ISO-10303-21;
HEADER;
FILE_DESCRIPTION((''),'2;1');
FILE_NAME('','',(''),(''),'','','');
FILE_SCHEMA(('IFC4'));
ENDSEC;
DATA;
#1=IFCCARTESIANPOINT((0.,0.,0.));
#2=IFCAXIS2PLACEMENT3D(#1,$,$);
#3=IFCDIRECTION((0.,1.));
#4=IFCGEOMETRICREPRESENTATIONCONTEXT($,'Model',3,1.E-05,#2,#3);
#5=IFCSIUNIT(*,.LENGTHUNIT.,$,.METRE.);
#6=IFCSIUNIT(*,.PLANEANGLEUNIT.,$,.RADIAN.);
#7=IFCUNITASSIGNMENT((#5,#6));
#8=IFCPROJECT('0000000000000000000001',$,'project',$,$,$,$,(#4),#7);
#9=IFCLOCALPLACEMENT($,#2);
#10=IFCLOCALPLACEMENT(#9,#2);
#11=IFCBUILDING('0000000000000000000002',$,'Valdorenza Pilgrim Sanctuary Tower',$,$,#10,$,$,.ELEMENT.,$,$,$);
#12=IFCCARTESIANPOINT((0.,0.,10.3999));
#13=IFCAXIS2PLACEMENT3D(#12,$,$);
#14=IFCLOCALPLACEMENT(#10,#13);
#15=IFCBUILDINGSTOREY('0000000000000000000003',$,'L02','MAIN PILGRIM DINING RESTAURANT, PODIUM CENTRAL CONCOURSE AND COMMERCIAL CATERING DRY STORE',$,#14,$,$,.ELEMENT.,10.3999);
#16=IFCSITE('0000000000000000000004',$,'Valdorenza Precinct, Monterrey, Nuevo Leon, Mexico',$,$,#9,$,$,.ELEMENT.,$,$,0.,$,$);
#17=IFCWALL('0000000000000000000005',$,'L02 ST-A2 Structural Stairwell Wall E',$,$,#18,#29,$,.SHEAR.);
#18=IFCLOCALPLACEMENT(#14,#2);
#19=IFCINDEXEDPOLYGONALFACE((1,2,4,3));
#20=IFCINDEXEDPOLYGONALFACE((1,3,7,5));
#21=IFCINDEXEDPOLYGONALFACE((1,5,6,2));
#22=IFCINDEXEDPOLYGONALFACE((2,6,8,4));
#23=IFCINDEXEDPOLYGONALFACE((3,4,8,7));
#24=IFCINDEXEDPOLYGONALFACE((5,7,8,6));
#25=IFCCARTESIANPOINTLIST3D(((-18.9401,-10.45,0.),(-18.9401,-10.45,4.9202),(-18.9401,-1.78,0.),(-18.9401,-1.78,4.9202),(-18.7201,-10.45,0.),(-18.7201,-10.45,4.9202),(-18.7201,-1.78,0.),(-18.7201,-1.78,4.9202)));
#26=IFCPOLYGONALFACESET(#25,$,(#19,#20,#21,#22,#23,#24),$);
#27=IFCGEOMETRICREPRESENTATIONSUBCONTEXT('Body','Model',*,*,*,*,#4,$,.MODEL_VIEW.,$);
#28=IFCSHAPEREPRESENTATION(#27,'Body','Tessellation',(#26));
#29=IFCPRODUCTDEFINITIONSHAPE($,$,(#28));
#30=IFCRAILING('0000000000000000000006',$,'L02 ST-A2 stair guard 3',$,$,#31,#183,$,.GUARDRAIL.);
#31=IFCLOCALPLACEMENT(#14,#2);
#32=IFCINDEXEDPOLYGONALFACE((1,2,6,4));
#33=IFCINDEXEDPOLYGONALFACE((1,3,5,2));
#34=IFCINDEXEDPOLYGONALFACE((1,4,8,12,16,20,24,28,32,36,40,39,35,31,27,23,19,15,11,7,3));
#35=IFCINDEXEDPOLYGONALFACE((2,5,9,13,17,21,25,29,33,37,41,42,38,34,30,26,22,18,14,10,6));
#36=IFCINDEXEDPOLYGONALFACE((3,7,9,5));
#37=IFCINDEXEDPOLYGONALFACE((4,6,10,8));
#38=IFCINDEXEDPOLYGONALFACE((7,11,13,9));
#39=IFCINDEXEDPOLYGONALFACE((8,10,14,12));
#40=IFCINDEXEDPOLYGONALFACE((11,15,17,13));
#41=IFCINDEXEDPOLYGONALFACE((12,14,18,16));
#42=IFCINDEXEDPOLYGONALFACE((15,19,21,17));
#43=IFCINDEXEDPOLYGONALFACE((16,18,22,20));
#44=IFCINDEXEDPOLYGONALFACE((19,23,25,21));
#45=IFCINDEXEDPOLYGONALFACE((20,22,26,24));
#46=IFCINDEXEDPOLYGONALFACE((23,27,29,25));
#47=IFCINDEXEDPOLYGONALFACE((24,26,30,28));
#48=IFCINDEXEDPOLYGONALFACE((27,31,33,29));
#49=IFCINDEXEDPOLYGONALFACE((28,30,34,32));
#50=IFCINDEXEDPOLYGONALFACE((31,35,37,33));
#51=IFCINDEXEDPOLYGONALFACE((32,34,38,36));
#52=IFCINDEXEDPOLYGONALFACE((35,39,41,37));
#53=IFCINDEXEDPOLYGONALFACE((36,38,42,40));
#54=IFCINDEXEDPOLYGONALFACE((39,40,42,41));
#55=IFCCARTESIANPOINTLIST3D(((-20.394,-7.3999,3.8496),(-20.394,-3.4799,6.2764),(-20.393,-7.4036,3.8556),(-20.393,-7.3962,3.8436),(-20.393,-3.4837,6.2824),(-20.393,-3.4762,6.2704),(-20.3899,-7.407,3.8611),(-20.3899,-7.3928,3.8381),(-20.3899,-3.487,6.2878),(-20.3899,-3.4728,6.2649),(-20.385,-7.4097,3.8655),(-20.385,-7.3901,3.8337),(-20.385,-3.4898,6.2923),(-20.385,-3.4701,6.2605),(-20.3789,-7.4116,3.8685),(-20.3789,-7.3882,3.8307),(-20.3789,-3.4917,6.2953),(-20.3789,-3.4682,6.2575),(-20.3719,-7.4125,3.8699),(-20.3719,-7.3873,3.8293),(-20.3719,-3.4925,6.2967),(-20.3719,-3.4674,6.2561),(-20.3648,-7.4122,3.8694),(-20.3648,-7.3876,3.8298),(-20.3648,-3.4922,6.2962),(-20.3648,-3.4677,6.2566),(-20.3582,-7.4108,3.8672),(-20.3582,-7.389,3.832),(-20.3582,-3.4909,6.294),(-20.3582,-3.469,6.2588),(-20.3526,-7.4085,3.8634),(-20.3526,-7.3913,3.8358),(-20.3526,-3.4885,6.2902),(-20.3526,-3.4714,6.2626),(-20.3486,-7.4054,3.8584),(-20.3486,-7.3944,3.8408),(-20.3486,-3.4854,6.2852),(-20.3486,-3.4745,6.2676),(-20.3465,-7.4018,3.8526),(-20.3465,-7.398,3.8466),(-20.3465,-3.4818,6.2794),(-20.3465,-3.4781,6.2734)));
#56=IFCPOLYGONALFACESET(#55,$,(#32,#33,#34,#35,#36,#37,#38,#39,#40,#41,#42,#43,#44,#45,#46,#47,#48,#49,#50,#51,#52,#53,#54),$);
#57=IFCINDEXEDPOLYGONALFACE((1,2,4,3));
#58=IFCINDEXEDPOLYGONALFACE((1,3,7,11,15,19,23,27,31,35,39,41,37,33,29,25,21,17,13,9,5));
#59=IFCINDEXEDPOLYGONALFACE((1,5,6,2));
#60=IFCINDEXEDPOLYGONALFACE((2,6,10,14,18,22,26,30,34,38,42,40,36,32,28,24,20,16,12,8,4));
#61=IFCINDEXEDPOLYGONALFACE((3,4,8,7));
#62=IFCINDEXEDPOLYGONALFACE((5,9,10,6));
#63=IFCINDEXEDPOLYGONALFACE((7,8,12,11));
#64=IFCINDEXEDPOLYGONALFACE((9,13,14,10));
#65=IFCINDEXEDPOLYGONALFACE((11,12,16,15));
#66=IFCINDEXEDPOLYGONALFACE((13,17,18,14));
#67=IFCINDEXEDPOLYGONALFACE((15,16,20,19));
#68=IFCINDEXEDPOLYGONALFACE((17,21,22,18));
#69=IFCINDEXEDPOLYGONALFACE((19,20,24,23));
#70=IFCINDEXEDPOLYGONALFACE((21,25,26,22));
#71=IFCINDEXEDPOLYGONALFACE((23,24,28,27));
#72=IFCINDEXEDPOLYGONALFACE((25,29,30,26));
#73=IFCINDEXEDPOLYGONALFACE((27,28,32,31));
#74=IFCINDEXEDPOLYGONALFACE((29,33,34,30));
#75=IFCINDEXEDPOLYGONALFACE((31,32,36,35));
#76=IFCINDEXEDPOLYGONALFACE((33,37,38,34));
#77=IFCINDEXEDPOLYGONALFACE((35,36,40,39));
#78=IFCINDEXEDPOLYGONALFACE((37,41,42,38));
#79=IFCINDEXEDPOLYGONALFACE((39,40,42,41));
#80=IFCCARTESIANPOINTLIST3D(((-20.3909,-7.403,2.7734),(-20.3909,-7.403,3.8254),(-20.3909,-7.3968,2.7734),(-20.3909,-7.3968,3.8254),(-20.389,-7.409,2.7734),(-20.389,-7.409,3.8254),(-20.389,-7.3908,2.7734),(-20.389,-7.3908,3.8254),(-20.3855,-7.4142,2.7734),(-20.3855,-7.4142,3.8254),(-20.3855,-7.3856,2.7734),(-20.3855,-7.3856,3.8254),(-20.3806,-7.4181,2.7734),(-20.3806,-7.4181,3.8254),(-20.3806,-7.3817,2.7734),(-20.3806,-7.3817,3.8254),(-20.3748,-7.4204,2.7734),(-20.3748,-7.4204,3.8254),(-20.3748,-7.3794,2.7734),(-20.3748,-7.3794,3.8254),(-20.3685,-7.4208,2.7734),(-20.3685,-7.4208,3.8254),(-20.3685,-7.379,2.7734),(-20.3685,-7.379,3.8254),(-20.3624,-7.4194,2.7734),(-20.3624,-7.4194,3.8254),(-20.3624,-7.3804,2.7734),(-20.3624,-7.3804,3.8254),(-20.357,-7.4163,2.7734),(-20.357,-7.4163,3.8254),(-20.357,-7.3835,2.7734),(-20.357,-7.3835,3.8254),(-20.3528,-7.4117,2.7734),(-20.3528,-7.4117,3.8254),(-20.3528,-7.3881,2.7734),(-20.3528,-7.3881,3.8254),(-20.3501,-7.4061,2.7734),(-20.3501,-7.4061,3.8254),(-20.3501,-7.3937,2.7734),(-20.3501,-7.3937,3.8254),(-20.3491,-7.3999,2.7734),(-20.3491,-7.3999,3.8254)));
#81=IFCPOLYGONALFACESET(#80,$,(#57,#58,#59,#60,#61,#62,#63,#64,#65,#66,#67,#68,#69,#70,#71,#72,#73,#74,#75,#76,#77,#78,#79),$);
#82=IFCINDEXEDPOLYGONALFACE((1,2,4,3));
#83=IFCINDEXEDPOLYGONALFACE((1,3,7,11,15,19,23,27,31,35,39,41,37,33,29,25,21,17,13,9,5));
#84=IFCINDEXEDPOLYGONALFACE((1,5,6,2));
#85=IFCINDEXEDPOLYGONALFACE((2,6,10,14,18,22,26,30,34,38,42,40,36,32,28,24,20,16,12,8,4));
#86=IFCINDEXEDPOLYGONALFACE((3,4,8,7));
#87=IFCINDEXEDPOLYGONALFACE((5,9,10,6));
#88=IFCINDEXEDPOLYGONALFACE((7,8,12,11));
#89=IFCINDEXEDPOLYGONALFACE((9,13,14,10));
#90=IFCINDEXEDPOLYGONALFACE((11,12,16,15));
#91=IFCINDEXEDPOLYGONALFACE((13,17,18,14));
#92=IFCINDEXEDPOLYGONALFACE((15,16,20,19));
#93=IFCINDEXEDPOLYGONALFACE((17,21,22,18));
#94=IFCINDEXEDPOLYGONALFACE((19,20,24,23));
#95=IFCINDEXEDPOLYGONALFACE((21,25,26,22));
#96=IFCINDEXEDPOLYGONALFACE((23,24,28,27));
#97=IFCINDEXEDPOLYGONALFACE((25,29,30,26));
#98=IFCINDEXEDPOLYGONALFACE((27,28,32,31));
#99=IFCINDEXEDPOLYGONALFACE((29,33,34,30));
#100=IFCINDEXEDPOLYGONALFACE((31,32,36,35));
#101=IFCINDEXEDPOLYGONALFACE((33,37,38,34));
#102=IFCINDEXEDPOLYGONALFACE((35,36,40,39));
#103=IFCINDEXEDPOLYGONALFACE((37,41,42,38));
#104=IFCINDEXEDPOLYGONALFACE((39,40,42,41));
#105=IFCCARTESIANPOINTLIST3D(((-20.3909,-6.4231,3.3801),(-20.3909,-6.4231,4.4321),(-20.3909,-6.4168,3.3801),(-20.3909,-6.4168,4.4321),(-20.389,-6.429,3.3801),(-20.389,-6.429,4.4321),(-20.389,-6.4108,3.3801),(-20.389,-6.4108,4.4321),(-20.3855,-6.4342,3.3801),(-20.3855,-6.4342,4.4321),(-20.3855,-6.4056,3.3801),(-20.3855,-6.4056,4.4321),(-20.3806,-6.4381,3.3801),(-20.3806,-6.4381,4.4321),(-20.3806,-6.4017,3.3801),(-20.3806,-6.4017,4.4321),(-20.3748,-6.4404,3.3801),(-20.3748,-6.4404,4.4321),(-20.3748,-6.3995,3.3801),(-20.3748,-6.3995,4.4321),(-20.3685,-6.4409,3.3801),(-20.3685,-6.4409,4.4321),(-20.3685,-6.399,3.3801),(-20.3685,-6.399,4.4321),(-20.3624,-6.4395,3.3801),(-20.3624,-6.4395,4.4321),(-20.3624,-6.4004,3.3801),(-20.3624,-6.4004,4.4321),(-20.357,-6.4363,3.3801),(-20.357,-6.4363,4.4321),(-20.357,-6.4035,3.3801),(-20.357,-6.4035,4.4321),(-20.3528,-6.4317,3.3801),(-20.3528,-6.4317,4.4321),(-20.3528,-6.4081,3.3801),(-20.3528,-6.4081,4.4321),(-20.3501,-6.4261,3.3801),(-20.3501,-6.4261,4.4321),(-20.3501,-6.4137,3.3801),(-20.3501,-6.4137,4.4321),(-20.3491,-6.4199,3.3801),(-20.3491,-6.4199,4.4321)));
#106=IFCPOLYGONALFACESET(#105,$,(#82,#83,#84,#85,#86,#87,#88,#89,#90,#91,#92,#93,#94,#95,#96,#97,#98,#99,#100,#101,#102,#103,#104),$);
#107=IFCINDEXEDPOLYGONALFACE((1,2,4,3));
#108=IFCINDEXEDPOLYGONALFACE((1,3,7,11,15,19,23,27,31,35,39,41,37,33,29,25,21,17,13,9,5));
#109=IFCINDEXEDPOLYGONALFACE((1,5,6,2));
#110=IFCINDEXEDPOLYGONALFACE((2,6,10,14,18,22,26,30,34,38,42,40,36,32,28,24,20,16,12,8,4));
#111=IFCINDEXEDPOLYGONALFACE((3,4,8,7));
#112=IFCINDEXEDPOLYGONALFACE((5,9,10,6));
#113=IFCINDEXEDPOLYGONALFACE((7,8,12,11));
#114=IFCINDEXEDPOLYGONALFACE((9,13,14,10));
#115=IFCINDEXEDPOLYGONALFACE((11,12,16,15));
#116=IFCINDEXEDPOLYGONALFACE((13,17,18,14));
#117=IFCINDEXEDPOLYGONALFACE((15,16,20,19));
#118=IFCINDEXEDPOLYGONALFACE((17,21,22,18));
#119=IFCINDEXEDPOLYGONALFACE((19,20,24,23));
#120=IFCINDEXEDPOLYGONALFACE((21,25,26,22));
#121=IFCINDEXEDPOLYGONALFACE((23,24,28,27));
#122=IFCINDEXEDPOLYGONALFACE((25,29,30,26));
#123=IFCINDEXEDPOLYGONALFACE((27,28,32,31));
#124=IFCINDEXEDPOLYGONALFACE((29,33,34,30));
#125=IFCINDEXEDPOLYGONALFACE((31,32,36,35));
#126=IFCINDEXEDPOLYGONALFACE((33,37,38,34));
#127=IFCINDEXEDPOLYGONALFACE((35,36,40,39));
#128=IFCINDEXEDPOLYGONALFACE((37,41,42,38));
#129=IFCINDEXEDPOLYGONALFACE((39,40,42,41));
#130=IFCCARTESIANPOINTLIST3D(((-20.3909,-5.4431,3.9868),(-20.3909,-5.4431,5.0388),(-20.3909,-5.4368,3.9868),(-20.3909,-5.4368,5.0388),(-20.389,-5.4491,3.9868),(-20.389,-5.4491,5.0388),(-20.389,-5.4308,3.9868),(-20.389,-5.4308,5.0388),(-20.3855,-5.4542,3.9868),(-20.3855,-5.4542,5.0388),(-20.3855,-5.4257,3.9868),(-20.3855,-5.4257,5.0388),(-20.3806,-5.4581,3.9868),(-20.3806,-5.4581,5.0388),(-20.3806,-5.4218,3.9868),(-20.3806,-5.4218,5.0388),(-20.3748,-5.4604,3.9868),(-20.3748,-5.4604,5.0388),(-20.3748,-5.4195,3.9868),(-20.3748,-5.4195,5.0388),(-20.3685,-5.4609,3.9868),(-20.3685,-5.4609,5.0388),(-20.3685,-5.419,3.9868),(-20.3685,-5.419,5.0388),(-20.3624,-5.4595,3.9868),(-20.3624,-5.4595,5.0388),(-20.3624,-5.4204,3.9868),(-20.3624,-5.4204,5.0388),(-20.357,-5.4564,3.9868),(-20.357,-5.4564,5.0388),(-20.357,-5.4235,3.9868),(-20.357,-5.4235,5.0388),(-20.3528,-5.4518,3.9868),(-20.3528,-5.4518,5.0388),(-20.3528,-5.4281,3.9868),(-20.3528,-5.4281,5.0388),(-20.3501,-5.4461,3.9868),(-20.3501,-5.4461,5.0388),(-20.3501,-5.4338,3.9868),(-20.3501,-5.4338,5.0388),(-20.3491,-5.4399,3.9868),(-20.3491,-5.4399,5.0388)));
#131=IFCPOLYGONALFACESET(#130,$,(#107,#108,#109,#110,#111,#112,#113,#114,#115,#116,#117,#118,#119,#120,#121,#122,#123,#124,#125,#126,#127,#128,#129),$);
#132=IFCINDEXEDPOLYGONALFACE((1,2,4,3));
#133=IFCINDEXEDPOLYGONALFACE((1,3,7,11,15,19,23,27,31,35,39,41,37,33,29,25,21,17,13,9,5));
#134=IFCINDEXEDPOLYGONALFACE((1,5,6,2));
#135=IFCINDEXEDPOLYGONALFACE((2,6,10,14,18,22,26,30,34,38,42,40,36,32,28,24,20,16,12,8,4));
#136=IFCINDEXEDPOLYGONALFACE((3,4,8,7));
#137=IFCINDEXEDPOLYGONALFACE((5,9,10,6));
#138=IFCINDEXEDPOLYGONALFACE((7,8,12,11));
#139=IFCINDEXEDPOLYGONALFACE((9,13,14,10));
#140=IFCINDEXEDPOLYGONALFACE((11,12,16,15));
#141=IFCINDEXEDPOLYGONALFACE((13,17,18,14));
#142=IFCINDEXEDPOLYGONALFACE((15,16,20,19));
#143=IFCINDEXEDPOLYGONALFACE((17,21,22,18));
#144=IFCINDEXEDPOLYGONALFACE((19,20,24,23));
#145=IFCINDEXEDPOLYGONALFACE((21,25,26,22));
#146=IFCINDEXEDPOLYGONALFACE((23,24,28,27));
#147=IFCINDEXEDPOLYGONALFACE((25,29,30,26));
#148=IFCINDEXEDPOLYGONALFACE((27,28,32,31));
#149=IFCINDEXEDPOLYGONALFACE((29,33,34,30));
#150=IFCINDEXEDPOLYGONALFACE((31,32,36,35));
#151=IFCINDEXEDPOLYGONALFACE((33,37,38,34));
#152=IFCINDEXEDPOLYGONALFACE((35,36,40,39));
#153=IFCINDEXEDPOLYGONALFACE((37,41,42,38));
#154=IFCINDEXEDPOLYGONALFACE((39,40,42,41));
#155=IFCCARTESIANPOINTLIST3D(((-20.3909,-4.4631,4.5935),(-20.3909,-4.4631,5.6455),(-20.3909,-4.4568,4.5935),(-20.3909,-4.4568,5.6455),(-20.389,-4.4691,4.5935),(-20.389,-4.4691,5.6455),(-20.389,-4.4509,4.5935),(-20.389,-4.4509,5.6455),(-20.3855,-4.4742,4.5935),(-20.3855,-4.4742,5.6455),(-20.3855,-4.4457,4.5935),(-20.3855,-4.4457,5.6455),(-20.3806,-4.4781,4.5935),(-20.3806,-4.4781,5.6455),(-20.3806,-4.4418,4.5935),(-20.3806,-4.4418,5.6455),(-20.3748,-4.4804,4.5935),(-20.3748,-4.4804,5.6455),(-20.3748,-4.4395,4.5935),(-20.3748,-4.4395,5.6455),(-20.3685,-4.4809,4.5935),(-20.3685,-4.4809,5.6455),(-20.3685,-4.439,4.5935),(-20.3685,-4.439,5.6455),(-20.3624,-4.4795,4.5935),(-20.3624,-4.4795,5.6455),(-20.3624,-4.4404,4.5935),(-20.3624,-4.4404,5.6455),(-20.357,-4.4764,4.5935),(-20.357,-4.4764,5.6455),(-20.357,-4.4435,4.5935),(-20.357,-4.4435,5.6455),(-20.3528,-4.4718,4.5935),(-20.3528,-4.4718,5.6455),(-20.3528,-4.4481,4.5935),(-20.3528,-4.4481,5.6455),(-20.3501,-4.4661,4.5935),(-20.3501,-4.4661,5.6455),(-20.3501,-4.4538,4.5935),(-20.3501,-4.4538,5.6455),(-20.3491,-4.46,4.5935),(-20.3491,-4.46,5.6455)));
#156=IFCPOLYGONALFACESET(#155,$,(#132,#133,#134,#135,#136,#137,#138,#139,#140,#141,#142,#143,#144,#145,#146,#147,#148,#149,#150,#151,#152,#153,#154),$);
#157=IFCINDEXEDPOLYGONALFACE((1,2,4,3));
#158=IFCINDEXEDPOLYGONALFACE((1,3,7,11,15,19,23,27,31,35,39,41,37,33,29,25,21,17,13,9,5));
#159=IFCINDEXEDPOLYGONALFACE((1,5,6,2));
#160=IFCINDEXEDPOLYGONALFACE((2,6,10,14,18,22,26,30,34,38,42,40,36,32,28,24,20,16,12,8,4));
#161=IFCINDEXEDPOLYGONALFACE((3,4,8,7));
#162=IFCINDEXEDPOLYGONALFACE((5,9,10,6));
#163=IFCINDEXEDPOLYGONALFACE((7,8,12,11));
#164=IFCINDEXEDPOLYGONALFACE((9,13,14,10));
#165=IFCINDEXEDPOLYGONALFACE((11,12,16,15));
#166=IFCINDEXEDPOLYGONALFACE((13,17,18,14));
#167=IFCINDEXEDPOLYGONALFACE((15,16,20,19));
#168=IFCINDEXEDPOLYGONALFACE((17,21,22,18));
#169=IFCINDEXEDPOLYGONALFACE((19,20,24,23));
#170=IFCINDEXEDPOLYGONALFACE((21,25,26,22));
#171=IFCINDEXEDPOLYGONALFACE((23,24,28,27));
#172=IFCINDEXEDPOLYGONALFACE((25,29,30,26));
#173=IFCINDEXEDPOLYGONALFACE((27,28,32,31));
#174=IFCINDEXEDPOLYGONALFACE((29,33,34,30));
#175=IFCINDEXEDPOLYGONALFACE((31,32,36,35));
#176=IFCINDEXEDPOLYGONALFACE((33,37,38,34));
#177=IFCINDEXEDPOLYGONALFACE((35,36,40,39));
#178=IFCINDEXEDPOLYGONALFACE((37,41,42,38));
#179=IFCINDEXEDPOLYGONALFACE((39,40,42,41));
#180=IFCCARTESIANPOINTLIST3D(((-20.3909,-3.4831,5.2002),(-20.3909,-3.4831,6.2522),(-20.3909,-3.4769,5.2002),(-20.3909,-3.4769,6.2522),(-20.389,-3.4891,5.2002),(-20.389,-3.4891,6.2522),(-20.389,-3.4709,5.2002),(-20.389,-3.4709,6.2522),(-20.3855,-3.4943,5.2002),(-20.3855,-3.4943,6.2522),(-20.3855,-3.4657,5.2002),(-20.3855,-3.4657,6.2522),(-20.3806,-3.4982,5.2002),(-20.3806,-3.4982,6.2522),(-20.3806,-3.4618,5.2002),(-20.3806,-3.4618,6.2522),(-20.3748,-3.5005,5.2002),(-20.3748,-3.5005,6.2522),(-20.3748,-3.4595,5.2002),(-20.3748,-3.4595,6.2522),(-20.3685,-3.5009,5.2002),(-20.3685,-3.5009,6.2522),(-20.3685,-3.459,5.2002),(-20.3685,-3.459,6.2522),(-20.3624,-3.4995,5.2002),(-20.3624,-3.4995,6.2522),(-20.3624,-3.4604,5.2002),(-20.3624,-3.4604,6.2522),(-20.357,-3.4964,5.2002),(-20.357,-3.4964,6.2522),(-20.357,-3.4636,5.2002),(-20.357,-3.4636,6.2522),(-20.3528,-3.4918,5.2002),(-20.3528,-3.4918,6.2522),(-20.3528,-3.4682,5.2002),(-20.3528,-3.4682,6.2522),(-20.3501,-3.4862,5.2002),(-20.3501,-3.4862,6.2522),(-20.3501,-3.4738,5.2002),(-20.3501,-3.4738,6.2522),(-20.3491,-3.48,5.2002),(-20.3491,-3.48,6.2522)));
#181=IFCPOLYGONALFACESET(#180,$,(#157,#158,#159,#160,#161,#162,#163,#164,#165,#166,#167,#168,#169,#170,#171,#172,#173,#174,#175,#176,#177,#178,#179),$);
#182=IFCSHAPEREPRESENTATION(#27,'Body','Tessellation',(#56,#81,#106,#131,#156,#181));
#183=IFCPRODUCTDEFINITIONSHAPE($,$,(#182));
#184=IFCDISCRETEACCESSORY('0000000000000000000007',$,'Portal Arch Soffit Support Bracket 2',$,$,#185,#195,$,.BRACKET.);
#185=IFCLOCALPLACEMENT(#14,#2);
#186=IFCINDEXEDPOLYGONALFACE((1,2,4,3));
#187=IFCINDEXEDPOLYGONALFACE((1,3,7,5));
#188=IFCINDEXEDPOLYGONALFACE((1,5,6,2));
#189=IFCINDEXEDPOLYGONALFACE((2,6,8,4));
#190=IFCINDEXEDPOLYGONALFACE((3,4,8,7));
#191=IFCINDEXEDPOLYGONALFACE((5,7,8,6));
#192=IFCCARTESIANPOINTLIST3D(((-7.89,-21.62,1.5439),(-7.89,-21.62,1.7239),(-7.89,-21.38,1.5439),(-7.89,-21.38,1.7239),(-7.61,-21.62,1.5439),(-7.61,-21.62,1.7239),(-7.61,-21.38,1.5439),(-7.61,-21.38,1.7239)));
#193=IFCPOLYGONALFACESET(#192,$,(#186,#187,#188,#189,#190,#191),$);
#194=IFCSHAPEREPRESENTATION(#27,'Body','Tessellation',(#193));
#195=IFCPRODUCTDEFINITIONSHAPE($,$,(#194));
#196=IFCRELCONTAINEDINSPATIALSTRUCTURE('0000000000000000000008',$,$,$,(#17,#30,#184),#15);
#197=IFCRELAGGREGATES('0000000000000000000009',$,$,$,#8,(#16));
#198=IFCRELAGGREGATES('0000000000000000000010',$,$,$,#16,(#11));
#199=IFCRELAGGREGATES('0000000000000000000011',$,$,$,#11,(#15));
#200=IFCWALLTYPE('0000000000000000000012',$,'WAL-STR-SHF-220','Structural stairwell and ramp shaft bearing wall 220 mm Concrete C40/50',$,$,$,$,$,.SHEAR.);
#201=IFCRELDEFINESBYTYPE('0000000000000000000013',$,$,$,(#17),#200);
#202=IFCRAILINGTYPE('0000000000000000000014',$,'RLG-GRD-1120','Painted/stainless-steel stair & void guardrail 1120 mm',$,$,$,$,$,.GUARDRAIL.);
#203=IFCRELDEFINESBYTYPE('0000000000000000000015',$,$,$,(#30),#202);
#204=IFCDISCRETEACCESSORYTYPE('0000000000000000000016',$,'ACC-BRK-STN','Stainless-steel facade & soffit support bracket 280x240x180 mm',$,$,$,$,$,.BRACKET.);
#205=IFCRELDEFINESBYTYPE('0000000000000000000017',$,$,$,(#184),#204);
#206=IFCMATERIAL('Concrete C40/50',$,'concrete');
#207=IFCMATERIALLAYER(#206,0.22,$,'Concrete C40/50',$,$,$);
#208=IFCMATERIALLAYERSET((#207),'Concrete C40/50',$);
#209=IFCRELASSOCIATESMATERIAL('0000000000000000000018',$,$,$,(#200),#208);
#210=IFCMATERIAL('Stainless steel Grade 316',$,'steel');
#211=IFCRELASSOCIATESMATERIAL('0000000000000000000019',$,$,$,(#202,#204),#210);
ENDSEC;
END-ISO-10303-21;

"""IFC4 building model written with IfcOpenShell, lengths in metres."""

from ifc_helpers import new_model, si_unit, direction, frame, frame_2d, origin, origin_2d, place, context, subcontext, project, spatial, rectangle, circle, extrude, source, transform, mapped, material, layer, layer_set, type_object, element, save


model = new_model("IFC4")

# Units and contexts
model_context = context("Model", 3, precision=1e-05, world=origin(), true_north=direction((0.0, 1.0)))
body_context = subcontext(model_context, "Body", "Model", "MODEL_VIEW")
ifc_project = project(units=[si_unit("LENGTHUNIT", "METRE"), si_unit("PLANEANGLEUNIT", "RADIAN")], contexts=[model_context])

# Site, building, storey
site_placement = place(None, origin())
site = spatial("IfcSite", under=ifc_project, at=site_placement, Name="Valdorenza Precinct, Monterrey, Nuevo Leon, Mexico", CompositionType="ELEMENT", RefElevation=0.0)
building_placement = place(site_placement, origin())
building = spatial("IfcBuilding", under=site, at=building_placement, Name="Valdorenza Pilgrim Sanctuary Tower", CompositionType="ELEMENT")
storey_placement = place(building_placement, frame((0.0, 0.0, 10.3999)))
storey = spatial("IfcBuildingStorey", under=building, at=storey_placement, Name="L02", Description="MAIN PILGRIM DINING RESTAURANT, PODIUM CENTRAL CONCOURSE AND COMMERCIAL CATERING DRY STORE", CompositionType="ELEMENT", Elevation=10.3999)

# Wall
ifc_material_1 = material(Name="Concrete C40/50", Category="concrete")
ifc_layer_1 = layer(ifc_material_1, 0.22, Name="Concrete C40/50")
ifc_layer_set_1 = layer_set([ifc_layer_1], Name="Concrete C40/50")
wall_type_1 = type_object("IfcWallType", Name="WAL-STR-SHF-220", Description="Structural stairwell and ramp shaft bearing wall 220 mm Concrete C40/50", PredefinedType="SHEAR", material=ifc_layer_set_1)
wall_1_placement = place(storey_placement, frame((-18.8301, -10.45, 0.0), z_axis=(0.0, 0.0, 1.0), x_axis=(0.0, 1.0, 0.0)))
element("IfcWall", 1, at=wall_1_placement, inside=storey, type_object=wall_type_1, Name="L02 ST-A2 Structural Stairwell Wall E", PredefinedType="SHEAR", context=body_context, shape_type="SweptSolid", body=[
    extrude(rectangle(XDim=8.6699, YDim=0.22, at=frame_2d((4.335, 0.0))), origin(), (0.0, 0.0, 1.0), 4.9202),
])

# Railing
ifc_material_2 = material(Name="Stainless steel Grade 316", Category="steel")
railing_type = type_object("IfcRailingType", Name="RLG-GRD-1120", Description="Painted/stainless-steel stair & void guardrail 1120 mm", PredefinedType="GUARDRAIL", material=ifc_material_2)
railing_placement = place(storey_placement, frame((-20.3701, -7.3999, 2.7734)))
element("IfcRailing", 2, at=railing_placement, inside=storey, type_object=railing_type, Name="L02 ST-A2 stair guard 3", PredefinedType="GUARDRAIL", context=body_context, shape_type="SweptSolid", body=[
    extrude(circle(Radius=0.0239, at=origin_2d()), frame((0.0, 0.0, 1.0762), z_axis=(0.0, 0.850252, 0.526376), x_axis=(-1.0, 0.0, 0.0)), (0.0, 0.0, 1.0), 4.6104),
    extrude(circle(Radius=0.021, at=origin_2d()), origin(), (0.0, 0.0, 1.0), 1.052),
    extrude(circle(Radius=0.021, at=origin_2d()), frame((0.0, 0.98, 0.6067)), (0.0, 0.0, 1.0), 1.052),
    extrude(circle(Radius=0.021, at=origin_2d()), frame((0.0, 1.96, 1.2134)), (0.0, 0.0, 1.0), 1.052),
    extrude(circle(Radius=0.021, at=origin_2d()), frame((0.0, 2.9399, 1.8201)), (0.0, 0.0, 1.0), 1.052),
    extrude(circle(Radius=0.021, at=origin_2d()), frame((0.0, 3.9199, 2.4268)), (0.0, 0.0, 1.0), 1.052),
])

# Discrete accessory
discrete_accessory_type = type_object("IfcDiscreteAccessoryType", Name="ACC-BRK-STN", Description="Stainless-steel facade & soffit support bracket 280x240x180 mm", PredefinedType="BRACKET", material=ifc_material_2)
shared_shape_1 = source(origin(), body_context, "Body", "SweptSolid", [
    extrude(rectangle(XDim=0.28, YDim=0.24, at=origin_2d()), origin(), (0.0, 0.0, 1.0), 0.1799),
])
discrete_accessory_placement = place(storey_placement, frame((-7.75, -21.5, 1.5439), z_axis=(0.0, 0.0, 1.0), x_axis=(1.0, 0.0, 0.0)))
element("IfcDiscreteAccessory", 3, at=discrete_accessory_placement, inside=storey, type_object=discrete_accessory_type, Name="Portal Arch Soffit Support Bracket 2", PredefinedType="BRACKET", context=body_context, shape_type="MappedRepresentation", body=[
    mapped(shared_shape_1, transform((0.0, 0.0, 0.0), x_axis=(1.0, 0.0, 0.0), y_axis=(0.0, 1.0, 0.0), z_axis=(0.0, 0.0, 1.0), scale=1.0)),
])

save(model, "model.ifc")
